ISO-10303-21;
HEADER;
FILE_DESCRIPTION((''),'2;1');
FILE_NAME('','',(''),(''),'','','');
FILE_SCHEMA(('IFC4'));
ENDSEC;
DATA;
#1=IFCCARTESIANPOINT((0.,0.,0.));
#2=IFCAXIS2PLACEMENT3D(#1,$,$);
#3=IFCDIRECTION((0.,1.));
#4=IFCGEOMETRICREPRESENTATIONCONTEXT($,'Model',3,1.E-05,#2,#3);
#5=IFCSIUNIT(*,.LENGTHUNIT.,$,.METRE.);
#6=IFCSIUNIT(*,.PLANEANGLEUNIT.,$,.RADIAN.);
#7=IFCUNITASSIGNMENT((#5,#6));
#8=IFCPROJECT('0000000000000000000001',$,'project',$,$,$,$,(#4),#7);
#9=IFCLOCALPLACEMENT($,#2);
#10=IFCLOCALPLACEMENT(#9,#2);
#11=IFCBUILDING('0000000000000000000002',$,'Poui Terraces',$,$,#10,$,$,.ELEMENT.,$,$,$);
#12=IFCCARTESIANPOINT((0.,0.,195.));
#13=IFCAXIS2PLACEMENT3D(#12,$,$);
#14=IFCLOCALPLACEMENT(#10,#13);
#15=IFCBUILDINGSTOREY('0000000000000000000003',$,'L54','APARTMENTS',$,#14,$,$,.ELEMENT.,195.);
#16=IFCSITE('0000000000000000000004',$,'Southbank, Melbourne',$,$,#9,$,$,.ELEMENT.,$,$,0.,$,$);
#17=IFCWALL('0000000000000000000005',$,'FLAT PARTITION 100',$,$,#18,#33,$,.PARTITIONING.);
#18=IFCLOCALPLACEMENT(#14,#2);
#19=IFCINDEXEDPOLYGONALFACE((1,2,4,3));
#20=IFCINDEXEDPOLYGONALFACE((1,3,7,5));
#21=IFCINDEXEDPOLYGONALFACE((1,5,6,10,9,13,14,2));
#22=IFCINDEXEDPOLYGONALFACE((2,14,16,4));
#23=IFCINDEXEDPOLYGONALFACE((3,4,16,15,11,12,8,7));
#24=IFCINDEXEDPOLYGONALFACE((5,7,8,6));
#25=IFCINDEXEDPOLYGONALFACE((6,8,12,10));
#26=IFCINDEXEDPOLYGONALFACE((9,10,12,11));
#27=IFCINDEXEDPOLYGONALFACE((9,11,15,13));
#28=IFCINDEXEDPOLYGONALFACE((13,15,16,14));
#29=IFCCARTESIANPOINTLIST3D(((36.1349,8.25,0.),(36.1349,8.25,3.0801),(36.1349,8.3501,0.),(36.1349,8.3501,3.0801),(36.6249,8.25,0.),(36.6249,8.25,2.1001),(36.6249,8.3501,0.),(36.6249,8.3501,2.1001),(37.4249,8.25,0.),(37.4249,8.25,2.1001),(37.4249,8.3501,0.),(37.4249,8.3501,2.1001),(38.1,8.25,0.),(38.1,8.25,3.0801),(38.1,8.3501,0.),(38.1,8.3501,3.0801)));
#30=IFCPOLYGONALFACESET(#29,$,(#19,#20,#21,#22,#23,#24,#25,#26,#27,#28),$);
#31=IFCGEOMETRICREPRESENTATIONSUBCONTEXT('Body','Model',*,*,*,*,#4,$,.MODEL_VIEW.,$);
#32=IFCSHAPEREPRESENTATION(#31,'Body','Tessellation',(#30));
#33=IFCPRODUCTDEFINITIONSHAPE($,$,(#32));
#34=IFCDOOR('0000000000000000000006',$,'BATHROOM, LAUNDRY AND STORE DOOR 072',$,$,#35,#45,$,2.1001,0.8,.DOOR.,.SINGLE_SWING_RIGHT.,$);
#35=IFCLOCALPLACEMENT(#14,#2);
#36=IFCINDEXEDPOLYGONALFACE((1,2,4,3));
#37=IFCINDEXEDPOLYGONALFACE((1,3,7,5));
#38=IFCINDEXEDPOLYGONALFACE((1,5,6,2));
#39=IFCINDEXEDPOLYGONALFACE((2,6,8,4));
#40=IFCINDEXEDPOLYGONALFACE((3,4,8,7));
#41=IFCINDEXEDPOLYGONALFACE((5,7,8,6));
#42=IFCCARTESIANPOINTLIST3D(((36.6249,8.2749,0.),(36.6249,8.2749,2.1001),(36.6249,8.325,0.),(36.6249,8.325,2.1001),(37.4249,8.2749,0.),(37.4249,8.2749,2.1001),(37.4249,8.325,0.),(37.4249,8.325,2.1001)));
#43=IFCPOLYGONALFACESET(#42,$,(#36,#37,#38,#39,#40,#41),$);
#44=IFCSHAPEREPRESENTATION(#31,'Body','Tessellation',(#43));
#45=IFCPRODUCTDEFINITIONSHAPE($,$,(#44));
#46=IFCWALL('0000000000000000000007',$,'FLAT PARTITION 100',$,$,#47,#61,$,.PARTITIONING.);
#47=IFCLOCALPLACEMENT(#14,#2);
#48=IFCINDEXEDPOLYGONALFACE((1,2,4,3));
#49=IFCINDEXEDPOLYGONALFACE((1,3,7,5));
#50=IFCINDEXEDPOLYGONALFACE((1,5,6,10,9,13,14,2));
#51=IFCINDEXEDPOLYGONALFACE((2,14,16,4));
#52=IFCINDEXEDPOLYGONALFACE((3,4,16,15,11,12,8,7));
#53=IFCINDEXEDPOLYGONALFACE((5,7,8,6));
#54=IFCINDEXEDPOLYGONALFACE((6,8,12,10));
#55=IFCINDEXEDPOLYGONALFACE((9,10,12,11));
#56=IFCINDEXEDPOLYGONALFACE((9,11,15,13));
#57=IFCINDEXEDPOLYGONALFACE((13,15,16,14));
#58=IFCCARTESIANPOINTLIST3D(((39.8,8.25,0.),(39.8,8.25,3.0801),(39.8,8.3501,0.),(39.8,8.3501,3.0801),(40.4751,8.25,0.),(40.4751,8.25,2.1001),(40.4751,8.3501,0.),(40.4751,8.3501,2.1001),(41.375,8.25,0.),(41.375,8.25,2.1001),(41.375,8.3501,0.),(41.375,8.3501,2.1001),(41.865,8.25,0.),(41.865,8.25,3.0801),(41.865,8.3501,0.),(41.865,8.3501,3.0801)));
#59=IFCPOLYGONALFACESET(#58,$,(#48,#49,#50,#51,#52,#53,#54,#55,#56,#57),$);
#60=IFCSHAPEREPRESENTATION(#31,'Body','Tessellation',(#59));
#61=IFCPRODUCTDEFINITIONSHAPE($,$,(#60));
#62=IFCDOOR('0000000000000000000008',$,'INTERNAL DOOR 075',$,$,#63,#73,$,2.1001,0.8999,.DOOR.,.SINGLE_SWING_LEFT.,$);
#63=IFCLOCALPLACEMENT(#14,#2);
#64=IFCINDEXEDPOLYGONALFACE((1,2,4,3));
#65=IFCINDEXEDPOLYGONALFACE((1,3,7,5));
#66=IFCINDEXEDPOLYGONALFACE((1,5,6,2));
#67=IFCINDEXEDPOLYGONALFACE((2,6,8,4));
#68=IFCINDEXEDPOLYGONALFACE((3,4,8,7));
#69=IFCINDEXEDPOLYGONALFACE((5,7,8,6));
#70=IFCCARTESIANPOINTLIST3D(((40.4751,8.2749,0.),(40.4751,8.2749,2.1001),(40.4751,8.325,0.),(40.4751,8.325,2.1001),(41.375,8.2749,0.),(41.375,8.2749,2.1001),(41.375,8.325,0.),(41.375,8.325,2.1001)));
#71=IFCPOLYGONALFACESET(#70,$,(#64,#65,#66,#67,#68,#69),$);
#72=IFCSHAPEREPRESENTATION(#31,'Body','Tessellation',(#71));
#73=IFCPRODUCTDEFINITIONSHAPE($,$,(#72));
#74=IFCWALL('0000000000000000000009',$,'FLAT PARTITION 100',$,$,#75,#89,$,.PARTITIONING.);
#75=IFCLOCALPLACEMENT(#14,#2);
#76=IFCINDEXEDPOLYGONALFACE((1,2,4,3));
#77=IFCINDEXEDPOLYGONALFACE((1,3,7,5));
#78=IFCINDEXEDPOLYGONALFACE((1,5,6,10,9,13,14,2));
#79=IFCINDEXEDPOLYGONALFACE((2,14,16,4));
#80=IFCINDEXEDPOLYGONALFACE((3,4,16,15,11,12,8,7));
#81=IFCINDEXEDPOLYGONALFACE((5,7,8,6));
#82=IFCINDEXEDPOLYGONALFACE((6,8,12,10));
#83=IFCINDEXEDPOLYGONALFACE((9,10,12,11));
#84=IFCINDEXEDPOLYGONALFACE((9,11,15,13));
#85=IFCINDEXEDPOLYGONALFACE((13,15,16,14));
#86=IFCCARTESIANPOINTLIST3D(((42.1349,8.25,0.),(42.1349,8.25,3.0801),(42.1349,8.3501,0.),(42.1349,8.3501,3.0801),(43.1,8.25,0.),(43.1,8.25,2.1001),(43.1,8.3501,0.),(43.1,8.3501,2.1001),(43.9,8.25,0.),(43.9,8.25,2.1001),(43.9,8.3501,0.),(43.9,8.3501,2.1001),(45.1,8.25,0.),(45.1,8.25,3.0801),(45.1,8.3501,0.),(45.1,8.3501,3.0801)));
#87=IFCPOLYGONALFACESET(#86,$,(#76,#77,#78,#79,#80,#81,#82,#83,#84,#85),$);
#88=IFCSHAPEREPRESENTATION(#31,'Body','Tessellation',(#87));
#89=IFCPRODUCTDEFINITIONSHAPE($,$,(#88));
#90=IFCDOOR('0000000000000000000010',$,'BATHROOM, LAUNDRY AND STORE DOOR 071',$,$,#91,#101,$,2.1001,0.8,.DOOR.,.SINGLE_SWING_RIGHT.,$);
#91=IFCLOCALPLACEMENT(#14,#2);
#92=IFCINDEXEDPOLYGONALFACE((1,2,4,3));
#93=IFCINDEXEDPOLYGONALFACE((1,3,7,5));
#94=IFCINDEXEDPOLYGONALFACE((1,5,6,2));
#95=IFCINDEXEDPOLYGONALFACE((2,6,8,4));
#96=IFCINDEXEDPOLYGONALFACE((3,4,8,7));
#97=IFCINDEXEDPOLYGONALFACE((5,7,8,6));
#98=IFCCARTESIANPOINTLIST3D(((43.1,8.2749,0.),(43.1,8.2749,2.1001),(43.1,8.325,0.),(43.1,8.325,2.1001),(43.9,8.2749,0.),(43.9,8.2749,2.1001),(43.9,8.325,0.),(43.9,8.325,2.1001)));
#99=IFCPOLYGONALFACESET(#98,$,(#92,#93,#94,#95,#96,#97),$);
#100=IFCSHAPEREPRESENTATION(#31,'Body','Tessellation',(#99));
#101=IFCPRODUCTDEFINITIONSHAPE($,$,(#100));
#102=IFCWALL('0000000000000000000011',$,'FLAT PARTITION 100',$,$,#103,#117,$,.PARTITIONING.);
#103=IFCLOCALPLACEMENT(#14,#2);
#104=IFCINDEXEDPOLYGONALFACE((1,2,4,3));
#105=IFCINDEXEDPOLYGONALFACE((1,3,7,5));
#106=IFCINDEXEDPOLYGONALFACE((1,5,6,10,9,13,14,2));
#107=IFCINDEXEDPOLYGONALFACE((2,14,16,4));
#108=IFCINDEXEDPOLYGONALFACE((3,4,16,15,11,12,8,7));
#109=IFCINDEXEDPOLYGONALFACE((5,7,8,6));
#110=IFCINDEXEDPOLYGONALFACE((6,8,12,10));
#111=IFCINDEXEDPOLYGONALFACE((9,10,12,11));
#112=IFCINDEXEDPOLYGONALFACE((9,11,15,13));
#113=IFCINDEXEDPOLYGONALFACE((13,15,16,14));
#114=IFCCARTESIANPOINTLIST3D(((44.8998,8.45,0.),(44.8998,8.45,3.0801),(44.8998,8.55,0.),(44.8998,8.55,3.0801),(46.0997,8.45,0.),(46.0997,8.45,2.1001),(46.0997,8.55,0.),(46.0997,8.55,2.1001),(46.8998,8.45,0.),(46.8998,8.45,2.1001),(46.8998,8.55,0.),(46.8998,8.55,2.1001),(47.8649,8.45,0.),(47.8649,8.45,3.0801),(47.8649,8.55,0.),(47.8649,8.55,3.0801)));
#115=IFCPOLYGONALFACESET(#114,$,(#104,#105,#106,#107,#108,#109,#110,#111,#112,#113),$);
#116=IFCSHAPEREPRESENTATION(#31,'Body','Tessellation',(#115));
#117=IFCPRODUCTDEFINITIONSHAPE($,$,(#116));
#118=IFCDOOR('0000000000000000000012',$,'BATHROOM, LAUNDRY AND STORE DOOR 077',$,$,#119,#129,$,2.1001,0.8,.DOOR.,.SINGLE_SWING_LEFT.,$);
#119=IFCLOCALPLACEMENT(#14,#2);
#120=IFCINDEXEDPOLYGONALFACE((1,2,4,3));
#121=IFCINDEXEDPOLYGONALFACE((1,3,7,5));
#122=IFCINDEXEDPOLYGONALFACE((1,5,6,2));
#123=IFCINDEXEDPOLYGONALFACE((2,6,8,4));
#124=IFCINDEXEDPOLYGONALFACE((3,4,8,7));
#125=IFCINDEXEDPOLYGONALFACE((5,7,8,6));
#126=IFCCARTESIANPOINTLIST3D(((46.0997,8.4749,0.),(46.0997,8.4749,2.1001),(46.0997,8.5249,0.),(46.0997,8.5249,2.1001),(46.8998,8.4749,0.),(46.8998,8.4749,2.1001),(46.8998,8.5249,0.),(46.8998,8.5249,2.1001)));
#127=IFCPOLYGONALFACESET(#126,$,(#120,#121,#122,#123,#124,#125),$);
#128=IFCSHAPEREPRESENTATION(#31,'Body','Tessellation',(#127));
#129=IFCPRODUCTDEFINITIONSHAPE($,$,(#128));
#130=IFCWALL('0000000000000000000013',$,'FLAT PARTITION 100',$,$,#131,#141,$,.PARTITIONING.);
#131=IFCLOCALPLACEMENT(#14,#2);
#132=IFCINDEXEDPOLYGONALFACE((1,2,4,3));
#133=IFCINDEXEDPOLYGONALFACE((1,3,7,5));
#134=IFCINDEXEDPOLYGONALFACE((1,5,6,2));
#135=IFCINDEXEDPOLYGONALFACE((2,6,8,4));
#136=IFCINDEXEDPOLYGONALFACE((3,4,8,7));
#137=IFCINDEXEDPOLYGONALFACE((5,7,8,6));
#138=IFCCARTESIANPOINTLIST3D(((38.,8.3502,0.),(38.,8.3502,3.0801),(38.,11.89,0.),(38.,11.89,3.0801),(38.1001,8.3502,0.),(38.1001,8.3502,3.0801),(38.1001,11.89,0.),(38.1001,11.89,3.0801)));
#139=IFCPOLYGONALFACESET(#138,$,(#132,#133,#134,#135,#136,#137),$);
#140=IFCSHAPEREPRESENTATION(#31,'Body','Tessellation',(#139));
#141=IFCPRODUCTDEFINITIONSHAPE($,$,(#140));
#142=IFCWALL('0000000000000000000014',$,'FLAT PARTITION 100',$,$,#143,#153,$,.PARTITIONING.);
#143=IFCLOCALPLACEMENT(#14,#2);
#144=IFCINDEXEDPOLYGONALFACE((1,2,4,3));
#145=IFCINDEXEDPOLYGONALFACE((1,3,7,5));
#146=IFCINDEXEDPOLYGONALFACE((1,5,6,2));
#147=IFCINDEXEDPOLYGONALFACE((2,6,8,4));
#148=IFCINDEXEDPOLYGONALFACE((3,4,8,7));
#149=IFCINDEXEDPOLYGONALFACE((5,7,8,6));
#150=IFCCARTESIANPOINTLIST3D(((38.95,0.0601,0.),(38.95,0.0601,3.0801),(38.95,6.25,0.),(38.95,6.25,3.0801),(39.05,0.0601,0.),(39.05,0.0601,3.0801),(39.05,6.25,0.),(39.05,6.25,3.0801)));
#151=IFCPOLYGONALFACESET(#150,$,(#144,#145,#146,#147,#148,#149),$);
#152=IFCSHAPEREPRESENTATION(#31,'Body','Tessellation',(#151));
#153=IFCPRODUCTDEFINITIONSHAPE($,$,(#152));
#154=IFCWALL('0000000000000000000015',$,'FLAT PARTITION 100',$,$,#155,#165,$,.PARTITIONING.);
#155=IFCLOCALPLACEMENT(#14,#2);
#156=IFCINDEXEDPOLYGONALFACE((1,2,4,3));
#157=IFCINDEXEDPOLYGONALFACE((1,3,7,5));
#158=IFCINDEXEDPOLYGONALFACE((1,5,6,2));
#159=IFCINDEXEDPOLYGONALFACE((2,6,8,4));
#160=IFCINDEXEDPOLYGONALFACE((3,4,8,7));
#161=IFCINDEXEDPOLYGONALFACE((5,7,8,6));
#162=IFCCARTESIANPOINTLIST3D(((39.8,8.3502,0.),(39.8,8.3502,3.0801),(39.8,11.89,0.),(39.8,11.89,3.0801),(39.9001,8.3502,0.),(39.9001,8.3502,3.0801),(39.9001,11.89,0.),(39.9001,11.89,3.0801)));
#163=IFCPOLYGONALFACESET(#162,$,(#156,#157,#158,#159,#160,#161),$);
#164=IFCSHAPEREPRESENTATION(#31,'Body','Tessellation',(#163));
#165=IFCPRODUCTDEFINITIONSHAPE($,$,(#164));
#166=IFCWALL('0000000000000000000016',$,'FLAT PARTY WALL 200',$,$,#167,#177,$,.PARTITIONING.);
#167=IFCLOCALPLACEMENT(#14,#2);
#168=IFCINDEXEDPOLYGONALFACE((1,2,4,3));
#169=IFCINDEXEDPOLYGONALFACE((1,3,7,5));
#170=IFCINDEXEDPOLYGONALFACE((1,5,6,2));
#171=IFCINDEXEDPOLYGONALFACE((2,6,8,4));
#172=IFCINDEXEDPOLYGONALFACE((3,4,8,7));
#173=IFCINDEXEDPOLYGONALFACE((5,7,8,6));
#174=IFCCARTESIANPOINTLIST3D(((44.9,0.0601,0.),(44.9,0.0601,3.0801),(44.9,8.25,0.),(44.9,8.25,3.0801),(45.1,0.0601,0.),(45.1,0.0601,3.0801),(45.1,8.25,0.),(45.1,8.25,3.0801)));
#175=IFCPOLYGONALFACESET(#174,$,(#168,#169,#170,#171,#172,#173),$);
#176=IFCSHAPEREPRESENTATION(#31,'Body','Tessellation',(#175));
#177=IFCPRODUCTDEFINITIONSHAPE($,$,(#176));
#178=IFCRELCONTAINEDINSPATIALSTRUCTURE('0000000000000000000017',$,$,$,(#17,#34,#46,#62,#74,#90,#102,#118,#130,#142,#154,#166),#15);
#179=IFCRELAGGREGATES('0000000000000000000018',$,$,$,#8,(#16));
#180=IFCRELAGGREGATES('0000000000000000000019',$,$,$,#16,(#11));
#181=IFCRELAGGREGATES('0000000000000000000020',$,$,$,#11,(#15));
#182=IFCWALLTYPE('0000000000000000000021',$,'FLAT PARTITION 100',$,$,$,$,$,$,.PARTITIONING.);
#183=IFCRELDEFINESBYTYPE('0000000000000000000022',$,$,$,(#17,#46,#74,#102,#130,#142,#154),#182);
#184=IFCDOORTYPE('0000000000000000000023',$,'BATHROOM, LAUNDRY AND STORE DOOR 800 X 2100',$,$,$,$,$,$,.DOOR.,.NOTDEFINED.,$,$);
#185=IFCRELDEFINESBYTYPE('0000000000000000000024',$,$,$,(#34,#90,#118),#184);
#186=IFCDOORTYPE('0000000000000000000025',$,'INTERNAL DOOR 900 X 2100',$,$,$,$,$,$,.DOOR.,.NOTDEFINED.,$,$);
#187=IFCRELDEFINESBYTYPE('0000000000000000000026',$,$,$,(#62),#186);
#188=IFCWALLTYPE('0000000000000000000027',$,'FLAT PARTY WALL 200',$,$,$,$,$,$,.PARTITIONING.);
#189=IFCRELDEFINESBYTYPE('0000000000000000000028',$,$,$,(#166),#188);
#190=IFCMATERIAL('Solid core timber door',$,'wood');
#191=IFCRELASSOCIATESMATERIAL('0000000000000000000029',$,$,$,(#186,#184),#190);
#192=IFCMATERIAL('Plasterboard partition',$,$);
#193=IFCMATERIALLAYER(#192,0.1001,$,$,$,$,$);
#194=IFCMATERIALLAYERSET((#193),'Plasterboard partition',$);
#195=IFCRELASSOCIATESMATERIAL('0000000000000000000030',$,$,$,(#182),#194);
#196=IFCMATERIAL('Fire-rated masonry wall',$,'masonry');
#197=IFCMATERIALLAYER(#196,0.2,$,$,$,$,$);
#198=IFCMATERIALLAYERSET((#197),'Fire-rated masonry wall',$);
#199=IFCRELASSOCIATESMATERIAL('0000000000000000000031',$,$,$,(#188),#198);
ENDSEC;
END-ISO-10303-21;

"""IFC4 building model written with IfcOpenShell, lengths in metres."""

from ifc_helpers import new_model, si_unit, direction, frame, frame_2d, origin, place, context, subcontext, project, spatial, rectangle, extrude, material, layer, layer_set, type_object, element, fill, save


model = new_model("IFC4")

# Units and contexts
model_context = context("Model", 3, precision=1e-05, world=origin(), true_north=direction((0.0, 1.0)))
body_context = subcontext(model_context, "Body", "Model", "MODEL_VIEW")
ifc_project = project(units=[si_unit("LENGTHUNIT", "METRE"), si_unit("PLANEANGLEUNIT", "RADIAN")], contexts=[model_context])

# Site, building, storey
site_placement = place(None, origin())
site = spatial("IfcSite", under=ifc_project, at=site_placement, Name="Southbank, Melbourne", CompositionType="ELEMENT", RefElevation=0.0)
building_placement = place(site_placement, origin())
building = spatial("IfcBuilding", under=site, at=building_placement, Name="Poui Terraces", CompositionType="ELEMENT")
storey_placement = place(building_placement, frame((0.0, 0.0, 195.0)))
storey = spatial("IfcBuildingStorey", under=building, at=storey_placement, Name="L54", Description="APARTMENTS", CompositionType="ELEMENT", Elevation=195.0)

# Walls, openings, doors
ifc_material_1 = material(Name="Solid core timber door", Category="wood")
door_type_1 = type_object("IfcDoorType", Name="INTERNAL DOOR 900 X 2100", OperationType="NOTDEFINED", PredefinedType="DOOR", material=ifc_material_1)
ifc_material_2 = material(Name="Plasterboard partition")
ifc_layer_1 = layer(ifc_material_2, 0.1001)
ifc_layer_set_1 = layer_set([ifc_layer_1], Name="Plasterboard partition")
wall_type_1 = type_object("IfcWallType", Name="FLAT PARTITION 100", PredefinedType="PARTITIONING", material=ifc_layer_set_1)
wall_1_placement = place(storey_placement, frame((36.135, 8.3, 0.0), z_axis=(0.0, 0.0, 1.0), x_axis=(1.0, 0.0, 0.0)))
wall_1 = element("IfcWall", 1, at=wall_1_placement, inside=storey, type_object=wall_type_1, Name="FLAT PARTITION 100", PredefinedType="PARTITIONING", context=body_context, shape_type="SweptSolid", body=[
    extrude(rectangle(XDim=1.9651, YDim=0.1001, at=frame_2d((0.9824, 0.0))), origin(), (0.0, 0.0, 1.0), 3.0801),
])
opening_1_placement = place(wall_1_placement, frame((0.49, 0.0, 0.0)))
opening_1 = element("IfcOpeningElement", 2, at=opening_1_placement, cuts=wall_1, PredefinedType="OPENING", context=body_context, shape_type="SweptSolid", body=[
    extrude(rectangle(XDim=0.8, YDim=2.1001, at=frame_2d((0.3999, 1.05))), frame((0.0, 0.0601, 0.0), z_axis=(0.0, -1.0, 0.0), x_axis=(1.0, 0.0, 0.0)), (0.0, 0.0, 1.0), 0.1201),
])
door_type_2 = type_object("IfcDoorType", Name="BATHROOM, LAUNDRY AND STORE DOOR 800 X 2100", OperationType="NOTDEFINED", PredefinedType="DOOR", material=ifc_material_1)
door_1_placement = place(opening_1_placement, origin())
door_1 = element("IfcDoor", 3, at=door_1_placement, inside=storey, type_object=door_type_2, Name="BATHROOM, LAUNDRY AND STORE DOOR 072", OperationType="SINGLE_SWING_RIGHT", OverallHeight=2.1001, OverallWidth=0.8, PredefinedType="DOOR", context=body_context, shape_type="SweptSolid", body=[
    extrude(rectangle(XDim=0.8, YDim=2.1001, at=frame_2d((0.3999, 1.05))), frame((0.0, 0.0249, 0.0), z_axis=(0.0, -1.0, 0.0), x_axis=(1.0, 0.0, 0.0)), (0.0, 0.0, 1.0), 0.05),
])
fill(opening_1, door_1)
wall_2_placement = place(storey_placement, frame((39.8, 8.3, 0.0), z_axis=(0.0, 0.0, 1.0), x_axis=(1.0, 0.0, 0.0)))
wall_2 = element("IfcWall", 4, at=wall_2_placement, inside=storey, type_object=wall_type_1, Name="FLAT PARTITION 100", PredefinedType="PARTITIONING", context=body_context, shape_type="SweptSolid", body=[
    extrude(rectangle(XDim=2.0649, YDim=0.1001, at=frame_2d((1.0325, 0.0))), origin(), (0.0, 0.0, 1.0), 3.0801),
])
opening_2_placement = place(wall_2_placement, frame((0.675, 0.0, 0.0)))
opening_2 = element("IfcOpeningElement", 5, at=opening_2_placement, cuts=wall_2, PredefinedType="OPENING", context=body_context, shape_type="SweptSolid", body=[
    extrude(rectangle(XDim=0.8999, YDim=2.1001, at=frame_2d((0.45, 1.05))), frame((0.0, 0.0601, 0.0), z_axis=(0.0, -1.0, 0.0), x_axis=(1.0, 0.0, 0.0)), (0.0, 0.0, 1.0), 0.1201),
])
door_2_placement = place(opening_2_placement, origin())
door_2 = element("IfcDoor", 6, at=door_2_placement, inside=storey, type_object=door_type_1, Name="INTERNAL DOOR 075", OperationType="SINGLE_SWING_LEFT", OverallHeight=2.1001, OverallWidth=0.8999, PredefinedType="DOOR", context=body_context, shape_type="SweptSolid", body=[
    extrude(rectangle(XDim=0.8999, YDim=2.1001, at=frame_2d((0.45, 1.05))), frame((0.0, 0.0249, 0.0), z_axis=(0.0, -1.0, 0.0), x_axis=(1.0, 0.0, 0.0)), (0.0, 0.0, 1.0), 0.05),
])
fill(opening_2, door_2)
wall_3_placement = place(storey_placement, frame((42.135, 8.3, 0.0), z_axis=(0.0, 0.0, 1.0), x_axis=(1.0, 0.0, 0.0)))
wall_3 = element("IfcWall", 7, at=wall_3_placement, inside=storey, type_object=wall_type_1, Name="FLAT PARTITION 100", PredefinedType="PARTITIONING", context=body_context, shape_type="SweptSolid", body=[
    extrude(rectangle(XDim=2.9651, YDim=0.1001, at=frame_2d((1.4824, 0.0))), origin(), (0.0, 0.0, 1.0), 3.0801),
])
opening_3_placement = place(wall_3_placement, frame((0.9651, 0.0, 0.0)))
opening_3 = element("IfcOpeningElement", 8, at=opening_3_placement, cuts=wall_3, PredefinedType="OPENING", context=body_context, shape_type="SweptSolid", body=[
    extrude(rectangle(XDim=0.8, YDim=2.1001, at=frame_2d((0.3999, 1.05))), frame((0.0, 0.0601, 0.0), z_axis=(0.0, -1.0, 0.0), x_axis=(1.0, 0.0, 0.0)), (0.0, 0.0, 1.0), 0.1201),
])
door_3_placement = place(opening_3_placement, origin())
door_3 = element("IfcDoor", 9, at=door_3_placement, inside=storey, type_object=door_type_2, Name="BATHROOM, LAUNDRY AND STORE DOOR 071", OperationType="SINGLE_SWING_RIGHT", OverallHeight=2.1001, OverallWidth=0.8, PredefinedType="DOOR", context=body_context, shape_type="SweptSolid", body=[
    extrude(rectangle(XDim=0.8, YDim=2.1001, at=frame_2d((0.3999, 1.05))), frame((0.0, 0.0249, 0.0), z_axis=(0.0, -1.0, 0.0), x_axis=(1.0, 0.0, 0.0)), (0.0, 0.0, 1.0), 0.05),
])
fill(opening_3, door_3)
wall_4_placement = place(storey_placement, frame((44.8999, 8.5, 0.0), z_axis=(0.0, 0.0, 1.0), x_axis=(1.0, 0.0, 0.0)))
wall_4 = element("IfcWall", 10, at=wall_4_placement, inside=storey, type_object=wall_type_1, Name="FLAT PARTITION 100", PredefinedType="PARTITIONING", context=body_context, shape_type="SweptSolid", body=[
    extrude(rectangle(XDim=2.9651, YDim=0.1001, at=frame_2d((1.4824, 0.0))), origin(), (0.0, 0.0, 1.0), 3.0801),
])
opening_4_placement = place(wall_4_placement, frame((1.2, 0.0, 0.0)))
opening_4 = element("IfcOpeningElement", 11, at=opening_4_placement, cuts=wall_4, PredefinedType="OPENING", context=body_context, shape_type="SweptSolid", body=[
    extrude(rectangle(XDim=0.8, YDim=2.1001, at=frame_2d((0.3999, 1.05))), frame((0.0, 0.0601, 0.0), z_axis=(0.0, -1.0, 0.0), x_axis=(1.0, 0.0, 0.0)), (0.0, 0.0, 1.0), 0.1201),
])
door_4_placement = place(opening_4_placement, origin())
door_4 = element("IfcDoor", 12, at=door_4_placement, inside=storey, type_object=door_type_2, Name="BATHROOM, LAUNDRY AND STORE DOOR 077", OperationType="SINGLE_SWING_LEFT", OverallHeight=2.1001, OverallWidth=0.8, PredefinedType="DOOR", context=body_context, shape_type="SweptSolid", body=[
    extrude(rectangle(XDim=0.8, YDim=2.1001, at=frame_2d((0.3999, 1.05))), frame((0.0, 0.0249, 0.0), z_axis=(0.0, -1.0, 0.0), x_axis=(1.0, 0.0, 0.0)), (0.0, 0.0, 1.0), 0.05),
])
fill(opening_4, door_4)

# Walls
wall_5_placement = place(storey_placement, frame((38.05, 8.3501, 0.0), z_axis=(0.0, 0.0, 1.0), x_axis=(0.0, 1.0, 0.0)))
element("IfcWall", 13, at=wall_5_placement, inside=storey, type_object=wall_type_1, Name="FLAT PARTITION 100", PredefinedType="PARTITIONING", context=body_context, shape_type="SweptSolid", body=[
    extrude(rectangle(XDim=3.5398, YDim=0.1001, at=frame_2d((1.77, 0.0))), origin(), (0.0, 0.0, 1.0), 3.0801),
])
wall_6_placement = place(storey_placement, frame((39.0, 0.0601, 0.0), z_axis=(0.0, 0.0, 1.0), x_axis=(0.0, 1.0, 0.0)))
element("IfcWall", 14, at=wall_6_placement, inside=storey, type_object=wall_type_1, Name="FLAT PARTITION 100", PredefinedType="PARTITIONING", context=body_context, shape_type="SweptSolid", body=[
    extrude(rectangle(XDim=6.1899, YDim=0.1001, at=frame_2d((3.095, 0.0))), origin(), (0.0, 0.0, 1.0), 3.0801),
])
wall_7_placement = place(storey_placement, frame((39.8501, 8.3501, 0.0), z_axis=(0.0, 0.0, 1.0), x_axis=(0.0, 1.0, 0.0)))
element("IfcWall", 15, at=wall_7_placement, inside=storey, type_object=wall_type_1, Name="FLAT PARTITION 100", PredefinedType="PARTITIONING", context=body_context, shape_type="SweptSolid", body=[
    extrude(rectangle(XDim=3.5398, YDim=0.1001, at=frame_2d((1.77, 0.0))), origin(), (0.0, 0.0, 1.0), 3.0801),
])
ifc_material_3 = material(Name="Fire-rated masonry wall", Category="masonry")
ifc_layer_2 = layer(ifc_material_3, 0.2)
ifc_layer_set_2 = layer_set([ifc_layer_2], Name="Fire-rated masonry wall")
wall_type_2 = type_object("IfcWallType", Name="FLAT PARTY WALL 200", PredefinedType="PARTITIONING", material=ifc_layer_set_2)
wall_8_placement = place(storey_placement, frame((45.0, 0.0601, 0.0), z_axis=(0.0, 0.0, 1.0), x_axis=(0.0, 1.0, 0.0)))
element("IfcWall", 16, at=wall_8_placement, inside=storey, type_object=wall_type_2, Name="FLAT PARTY WALL 200", PredefinedType="PARTITIONING", context=body_context, shape_type="SweptSolid", body=[
    extrude(rectangle(XDim=8.1899, YDim=0.2, at=frame_2d((4.095, 0.0))), origin(), (0.0, 0.0, 1.0), 3.0801),
])

save(model, "model.ifc")
